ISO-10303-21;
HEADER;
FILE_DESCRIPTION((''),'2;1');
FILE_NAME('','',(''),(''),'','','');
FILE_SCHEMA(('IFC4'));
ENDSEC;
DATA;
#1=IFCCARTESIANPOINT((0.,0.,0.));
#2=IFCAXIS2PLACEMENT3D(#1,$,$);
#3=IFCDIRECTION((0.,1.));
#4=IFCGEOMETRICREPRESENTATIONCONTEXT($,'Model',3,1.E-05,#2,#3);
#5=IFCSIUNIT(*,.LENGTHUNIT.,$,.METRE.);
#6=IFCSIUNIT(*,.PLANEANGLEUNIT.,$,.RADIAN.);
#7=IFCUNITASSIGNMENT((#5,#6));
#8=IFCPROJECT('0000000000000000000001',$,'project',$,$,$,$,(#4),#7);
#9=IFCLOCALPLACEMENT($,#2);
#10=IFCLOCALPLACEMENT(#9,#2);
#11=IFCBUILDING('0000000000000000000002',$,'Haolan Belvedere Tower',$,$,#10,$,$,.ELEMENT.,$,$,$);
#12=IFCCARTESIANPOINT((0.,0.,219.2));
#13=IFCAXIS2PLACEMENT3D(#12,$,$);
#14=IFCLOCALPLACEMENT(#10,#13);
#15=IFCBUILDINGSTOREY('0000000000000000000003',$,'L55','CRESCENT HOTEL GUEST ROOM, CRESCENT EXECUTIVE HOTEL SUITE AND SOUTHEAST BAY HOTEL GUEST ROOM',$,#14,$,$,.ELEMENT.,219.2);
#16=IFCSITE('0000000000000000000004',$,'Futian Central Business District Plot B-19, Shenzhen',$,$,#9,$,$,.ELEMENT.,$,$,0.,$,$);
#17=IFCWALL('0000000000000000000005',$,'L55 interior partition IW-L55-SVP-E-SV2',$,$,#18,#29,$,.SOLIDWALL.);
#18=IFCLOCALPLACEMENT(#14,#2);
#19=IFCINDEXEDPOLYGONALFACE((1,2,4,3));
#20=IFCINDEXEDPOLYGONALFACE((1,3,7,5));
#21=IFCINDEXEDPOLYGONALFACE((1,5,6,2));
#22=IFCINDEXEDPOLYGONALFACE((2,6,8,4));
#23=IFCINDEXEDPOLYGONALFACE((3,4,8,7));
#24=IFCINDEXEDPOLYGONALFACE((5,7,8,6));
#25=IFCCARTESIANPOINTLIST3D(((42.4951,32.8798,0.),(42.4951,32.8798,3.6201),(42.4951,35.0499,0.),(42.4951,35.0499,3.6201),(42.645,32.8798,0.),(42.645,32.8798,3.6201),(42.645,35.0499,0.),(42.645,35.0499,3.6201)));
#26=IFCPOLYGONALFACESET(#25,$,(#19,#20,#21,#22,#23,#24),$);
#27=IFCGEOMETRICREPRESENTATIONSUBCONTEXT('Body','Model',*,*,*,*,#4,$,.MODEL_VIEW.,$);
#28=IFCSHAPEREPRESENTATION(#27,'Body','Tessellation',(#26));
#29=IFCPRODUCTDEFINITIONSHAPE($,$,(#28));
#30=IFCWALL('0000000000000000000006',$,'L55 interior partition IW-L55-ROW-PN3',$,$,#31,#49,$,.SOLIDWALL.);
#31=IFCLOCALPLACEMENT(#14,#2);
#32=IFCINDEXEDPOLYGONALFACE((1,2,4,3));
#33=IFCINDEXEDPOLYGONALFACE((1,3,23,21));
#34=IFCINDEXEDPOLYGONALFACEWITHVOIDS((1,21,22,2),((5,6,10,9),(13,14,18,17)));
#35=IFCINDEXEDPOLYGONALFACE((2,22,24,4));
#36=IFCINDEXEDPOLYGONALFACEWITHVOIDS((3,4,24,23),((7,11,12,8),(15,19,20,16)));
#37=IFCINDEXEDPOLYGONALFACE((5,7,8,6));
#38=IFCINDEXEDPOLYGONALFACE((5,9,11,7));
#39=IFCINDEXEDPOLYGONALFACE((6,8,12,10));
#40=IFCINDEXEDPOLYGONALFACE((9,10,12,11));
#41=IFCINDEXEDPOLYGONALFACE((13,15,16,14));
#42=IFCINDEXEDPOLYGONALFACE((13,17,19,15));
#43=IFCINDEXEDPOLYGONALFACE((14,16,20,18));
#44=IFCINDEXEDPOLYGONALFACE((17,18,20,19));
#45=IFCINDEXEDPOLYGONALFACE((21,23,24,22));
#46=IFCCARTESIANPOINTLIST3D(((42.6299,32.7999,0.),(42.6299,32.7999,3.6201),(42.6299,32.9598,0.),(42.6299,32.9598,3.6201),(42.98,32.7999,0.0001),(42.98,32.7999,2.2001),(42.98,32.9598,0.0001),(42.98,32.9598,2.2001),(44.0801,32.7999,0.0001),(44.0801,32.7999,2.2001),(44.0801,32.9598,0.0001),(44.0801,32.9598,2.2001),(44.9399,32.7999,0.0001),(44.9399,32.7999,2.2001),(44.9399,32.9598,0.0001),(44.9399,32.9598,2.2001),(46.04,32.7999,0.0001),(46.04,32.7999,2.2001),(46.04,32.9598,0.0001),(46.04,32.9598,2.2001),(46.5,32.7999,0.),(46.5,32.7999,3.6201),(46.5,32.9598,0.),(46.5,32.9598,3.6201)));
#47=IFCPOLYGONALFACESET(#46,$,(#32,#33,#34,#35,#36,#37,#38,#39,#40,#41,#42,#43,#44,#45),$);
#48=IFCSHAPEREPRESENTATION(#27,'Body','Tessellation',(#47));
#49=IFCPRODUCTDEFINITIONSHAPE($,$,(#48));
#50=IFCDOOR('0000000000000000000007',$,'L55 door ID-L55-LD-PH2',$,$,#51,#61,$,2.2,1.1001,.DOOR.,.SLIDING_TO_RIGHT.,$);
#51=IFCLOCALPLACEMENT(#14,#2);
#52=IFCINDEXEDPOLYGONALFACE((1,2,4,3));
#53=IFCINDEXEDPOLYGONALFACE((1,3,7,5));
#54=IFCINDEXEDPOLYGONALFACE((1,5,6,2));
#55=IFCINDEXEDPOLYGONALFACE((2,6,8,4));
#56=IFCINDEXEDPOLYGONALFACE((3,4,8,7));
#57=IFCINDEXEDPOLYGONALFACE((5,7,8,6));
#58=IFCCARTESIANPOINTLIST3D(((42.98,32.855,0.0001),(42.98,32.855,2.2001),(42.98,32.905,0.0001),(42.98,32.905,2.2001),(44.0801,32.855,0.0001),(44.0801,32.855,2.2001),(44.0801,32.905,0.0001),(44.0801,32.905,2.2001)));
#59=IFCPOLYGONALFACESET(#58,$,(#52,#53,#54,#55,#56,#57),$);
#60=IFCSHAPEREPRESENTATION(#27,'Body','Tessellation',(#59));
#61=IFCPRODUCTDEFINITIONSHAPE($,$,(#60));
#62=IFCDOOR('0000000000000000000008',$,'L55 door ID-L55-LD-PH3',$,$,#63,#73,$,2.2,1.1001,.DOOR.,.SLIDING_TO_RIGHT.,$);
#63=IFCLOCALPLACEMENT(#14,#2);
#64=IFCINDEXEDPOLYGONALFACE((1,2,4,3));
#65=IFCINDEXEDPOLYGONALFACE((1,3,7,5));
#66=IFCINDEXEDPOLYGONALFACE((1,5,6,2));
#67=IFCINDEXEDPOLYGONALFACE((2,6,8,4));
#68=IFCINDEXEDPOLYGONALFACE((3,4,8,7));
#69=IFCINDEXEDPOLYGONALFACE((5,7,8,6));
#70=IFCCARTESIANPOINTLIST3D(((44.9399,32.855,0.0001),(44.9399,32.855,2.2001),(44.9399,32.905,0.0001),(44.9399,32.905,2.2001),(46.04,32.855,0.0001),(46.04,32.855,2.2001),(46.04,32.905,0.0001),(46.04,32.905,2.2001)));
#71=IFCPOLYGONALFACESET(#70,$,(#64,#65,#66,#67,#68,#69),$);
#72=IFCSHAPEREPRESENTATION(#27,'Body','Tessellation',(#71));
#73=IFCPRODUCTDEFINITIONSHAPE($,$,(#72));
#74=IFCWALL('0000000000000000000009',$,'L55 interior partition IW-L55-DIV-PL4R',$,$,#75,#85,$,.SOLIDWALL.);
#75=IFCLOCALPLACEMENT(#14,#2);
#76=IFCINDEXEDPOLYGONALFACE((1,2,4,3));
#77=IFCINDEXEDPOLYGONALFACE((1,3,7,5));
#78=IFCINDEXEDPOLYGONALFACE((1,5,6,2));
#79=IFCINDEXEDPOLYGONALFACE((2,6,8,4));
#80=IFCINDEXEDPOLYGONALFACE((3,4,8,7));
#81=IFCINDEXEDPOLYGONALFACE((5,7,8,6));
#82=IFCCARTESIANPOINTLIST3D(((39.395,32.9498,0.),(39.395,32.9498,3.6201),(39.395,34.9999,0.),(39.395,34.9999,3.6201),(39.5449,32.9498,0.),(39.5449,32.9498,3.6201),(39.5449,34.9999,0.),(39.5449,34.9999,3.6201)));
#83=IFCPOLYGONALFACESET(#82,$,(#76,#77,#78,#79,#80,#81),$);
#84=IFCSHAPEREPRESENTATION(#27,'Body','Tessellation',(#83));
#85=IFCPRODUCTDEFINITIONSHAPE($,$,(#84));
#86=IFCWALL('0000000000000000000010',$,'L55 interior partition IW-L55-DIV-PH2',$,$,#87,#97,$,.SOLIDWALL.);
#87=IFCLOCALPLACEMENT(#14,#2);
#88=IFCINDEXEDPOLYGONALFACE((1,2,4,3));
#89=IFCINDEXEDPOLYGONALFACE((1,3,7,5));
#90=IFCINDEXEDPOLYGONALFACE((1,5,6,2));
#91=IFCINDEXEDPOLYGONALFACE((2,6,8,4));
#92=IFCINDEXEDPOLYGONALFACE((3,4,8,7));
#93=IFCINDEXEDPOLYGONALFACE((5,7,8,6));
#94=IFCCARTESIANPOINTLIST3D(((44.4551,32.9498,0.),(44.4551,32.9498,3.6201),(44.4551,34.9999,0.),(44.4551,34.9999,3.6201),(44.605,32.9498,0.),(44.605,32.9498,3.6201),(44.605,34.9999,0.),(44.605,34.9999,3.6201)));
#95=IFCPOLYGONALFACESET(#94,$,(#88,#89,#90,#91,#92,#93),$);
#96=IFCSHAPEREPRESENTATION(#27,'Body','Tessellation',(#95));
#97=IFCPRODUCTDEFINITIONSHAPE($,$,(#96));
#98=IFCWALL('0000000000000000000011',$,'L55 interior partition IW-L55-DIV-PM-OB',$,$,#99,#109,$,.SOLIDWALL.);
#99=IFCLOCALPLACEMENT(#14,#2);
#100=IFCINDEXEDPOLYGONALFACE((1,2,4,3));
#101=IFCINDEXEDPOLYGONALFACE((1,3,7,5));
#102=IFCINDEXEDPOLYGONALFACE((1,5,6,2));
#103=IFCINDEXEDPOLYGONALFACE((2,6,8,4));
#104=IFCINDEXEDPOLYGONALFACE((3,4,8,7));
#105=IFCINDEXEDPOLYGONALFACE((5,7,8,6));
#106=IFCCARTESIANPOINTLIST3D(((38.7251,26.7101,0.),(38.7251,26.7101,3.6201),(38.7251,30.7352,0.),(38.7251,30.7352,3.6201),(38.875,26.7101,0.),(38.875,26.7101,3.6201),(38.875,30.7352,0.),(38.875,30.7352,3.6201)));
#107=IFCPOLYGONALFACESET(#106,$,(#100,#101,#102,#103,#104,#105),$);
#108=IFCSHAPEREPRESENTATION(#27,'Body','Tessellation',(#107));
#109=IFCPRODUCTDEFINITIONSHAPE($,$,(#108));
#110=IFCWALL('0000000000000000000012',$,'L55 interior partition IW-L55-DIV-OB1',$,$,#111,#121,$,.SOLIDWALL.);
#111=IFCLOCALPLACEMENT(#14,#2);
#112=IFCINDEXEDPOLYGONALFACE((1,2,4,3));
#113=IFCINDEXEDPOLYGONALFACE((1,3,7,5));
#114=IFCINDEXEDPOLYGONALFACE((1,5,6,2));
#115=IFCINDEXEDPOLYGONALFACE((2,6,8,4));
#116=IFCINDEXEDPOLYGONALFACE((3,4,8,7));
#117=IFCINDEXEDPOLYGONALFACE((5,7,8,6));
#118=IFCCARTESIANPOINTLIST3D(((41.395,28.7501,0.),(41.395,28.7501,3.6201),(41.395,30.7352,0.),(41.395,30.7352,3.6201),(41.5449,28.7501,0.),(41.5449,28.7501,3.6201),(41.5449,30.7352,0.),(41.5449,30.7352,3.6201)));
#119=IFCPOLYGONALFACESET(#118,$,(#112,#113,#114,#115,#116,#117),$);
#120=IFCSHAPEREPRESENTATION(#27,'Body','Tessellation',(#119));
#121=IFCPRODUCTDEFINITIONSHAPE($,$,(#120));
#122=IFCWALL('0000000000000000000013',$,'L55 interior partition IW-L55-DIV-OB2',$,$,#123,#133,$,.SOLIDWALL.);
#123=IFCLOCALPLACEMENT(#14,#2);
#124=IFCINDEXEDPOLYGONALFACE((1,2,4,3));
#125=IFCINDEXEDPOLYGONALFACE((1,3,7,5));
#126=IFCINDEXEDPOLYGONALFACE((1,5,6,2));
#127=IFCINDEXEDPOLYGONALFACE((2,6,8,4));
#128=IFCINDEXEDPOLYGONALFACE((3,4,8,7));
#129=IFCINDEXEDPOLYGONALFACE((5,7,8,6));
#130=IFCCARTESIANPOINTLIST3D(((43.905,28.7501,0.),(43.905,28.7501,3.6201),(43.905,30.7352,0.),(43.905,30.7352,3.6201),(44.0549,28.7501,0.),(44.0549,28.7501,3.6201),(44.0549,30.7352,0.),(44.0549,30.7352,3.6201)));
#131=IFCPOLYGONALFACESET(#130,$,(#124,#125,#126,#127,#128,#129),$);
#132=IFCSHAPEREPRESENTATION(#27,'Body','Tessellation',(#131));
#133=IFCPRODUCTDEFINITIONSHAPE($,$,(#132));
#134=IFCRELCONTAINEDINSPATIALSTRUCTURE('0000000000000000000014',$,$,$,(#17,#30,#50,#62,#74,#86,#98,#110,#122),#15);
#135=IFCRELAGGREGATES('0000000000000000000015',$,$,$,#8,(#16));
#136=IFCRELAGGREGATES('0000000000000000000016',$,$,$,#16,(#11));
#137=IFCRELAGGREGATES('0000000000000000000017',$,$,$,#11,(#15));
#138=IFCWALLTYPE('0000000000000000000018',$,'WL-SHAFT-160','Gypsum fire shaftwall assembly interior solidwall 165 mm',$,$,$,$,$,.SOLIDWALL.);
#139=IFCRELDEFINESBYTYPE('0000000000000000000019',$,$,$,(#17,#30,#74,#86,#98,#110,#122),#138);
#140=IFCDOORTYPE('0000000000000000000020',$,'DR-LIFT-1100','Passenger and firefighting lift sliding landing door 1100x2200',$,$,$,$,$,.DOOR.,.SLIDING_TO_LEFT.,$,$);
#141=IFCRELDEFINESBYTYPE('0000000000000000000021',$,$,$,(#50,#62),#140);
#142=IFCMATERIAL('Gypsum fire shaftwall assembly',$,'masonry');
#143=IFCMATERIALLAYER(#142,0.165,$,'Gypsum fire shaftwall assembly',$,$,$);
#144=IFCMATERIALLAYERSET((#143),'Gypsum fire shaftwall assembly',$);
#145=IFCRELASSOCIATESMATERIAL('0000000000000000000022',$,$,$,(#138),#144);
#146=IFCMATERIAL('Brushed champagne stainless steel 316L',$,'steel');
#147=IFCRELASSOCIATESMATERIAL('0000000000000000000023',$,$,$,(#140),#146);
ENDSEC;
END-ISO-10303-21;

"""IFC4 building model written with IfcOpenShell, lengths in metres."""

from ifc_helpers import new_model, si_unit, direction, frame, frame_2d, origin, place, context, subcontext, project, spatial, rectangle, extrude, material, layer, layer_set, type_object, element, fill, save


model = new_model("IFC4")

# Units and contexts
model_context = context("Model", 3, precision=1e-05, world=origin(), true_north=direction((0.0, 1.0)))
body_context = subcontext(model_context, "Body", "Model", "MODEL_VIEW")
ifc_project = project(units=[si_unit("LENGTHUNIT", "METRE"), si_unit("PLANEANGLEUNIT", "RADIAN")], contexts=[model_context])

# Site, building, storey
site_placement = place(None, origin())
site = spatial("IfcSite", under=ifc_project, at=site_placement, Name="Futian Central Business District Plot B-19, Shenzhen", CompositionType="ELEMENT", RefElevation=0.0)
building_placement = place(site_placement, origin())
building = spatial("IfcBuilding", under=site, at=building_placement, Name="Haolan Belvedere Tower", CompositionType="ELEMENT")
storey_placement = place(building_placement, frame((0.0, 0.0, 219.2)))
storey = spatial("IfcBuildingStorey", under=building, at=storey_placement, Name="L55", Description="CRESCENT HOTEL GUEST ROOM, CRESCENT EXECUTIVE HOTEL SUITE AND SOUTHEAST BAY HOTEL GUEST ROOM", CompositionType="ELEMENT", Elevation=219.2)

# Wall
ifc_material_1 = material(Name="Gypsum fire shaftwall assembly", Category="masonry")
ifc_layer_1 = layer(ifc_material_1, 0.165, Name="Gypsum fire shaftwall assembly")
ifc_layer_set_1 = layer_set([ifc_layer_1], Name="Gypsum fire shaftwall assembly")
wall_type_1 = type_object("IfcWallType", Name="WL-SHAFT-160", Description="Gypsum fire shaftwall assembly interior solidwall 165 mm", PredefinedType="SOLIDWALL", material=ifc_layer_set_1)
for number, where, z_axis, x_axis, name in (
    (1, (42.5701, 32.8799, 0.0), (0.0, 0.0, 1.0), (0.0, 1.0, 0.0), "L55 interior partition IW-L55-SVP-E-SV2"),
):
    element("IfcWall", number, at=place(storey_placement, frame(where, z_axis=z_axis, x_axis=x_axis)), inside=storey, type_object=wall_type_1, Name=name, PredefinedType="SOLIDWALL", context=body_context, shape_type="SweptSolid", body=[
        extrude(rectangle(XDim=2.1702, YDim=0.1499, at=frame_2d((1.085, 0.0))), origin(), (0.0, 0.0, 1.0), 3.6201),
    ])

# Wall, openings, doors
wall_1_placement = place(storey_placement, frame((42.6299, 32.8799, 0.0), z_axis=(0.0, 0.0, 1.0), x_axis=(1.0, 0.0, 0.0)))
wall_1 = element("IfcWall", 2, at=wall_1_placement, inside=storey, type_object=wall_type_1, Name="L55 interior partition IW-L55-ROW-PN3", PredefinedType="SOLIDWALL", context=body_context, shape_type="SweptSolid", body=[
    extrude(rectangle(XDim=3.8701, YDim=0.1599, at=frame_2d((1.9351, 0.0))), origin(), (0.0, 0.0, 1.0), 3.6201),
])
opening_1_placement = place(wall_1_placement, frame((1.4502, 0.0, 0.0), z_axis=(0.0, 0.0, 1.0), x_axis=(-1.0, 0.0, 0.0)))
opening_1 = element("IfcOpeningElement", 3, at=opening_1_placement, cuts=wall_1, PredefinedType="OPENING", context=body_context, shape_type="SweptSolid", body=[
    extrude(rectangle(XDim=1.1001, YDim=2.2, at=frame_2d((0.55, 1.1001))), frame((0.0, 0.0898, 0.0), z_axis=(0.0, -1.0, 0.0), x_axis=(1.0, 0.0, 0.0)), (0.0, 0.0, 1.0), 0.1799),
])
opening_2_placement = place(wall_1_placement, frame((3.4102, 0.0, 0.0), z_axis=(0.0, 0.0, 1.0), x_axis=(-1.0, 0.0, 0.0)))
opening_2 = element("IfcOpeningElement", 4, at=opening_2_placement, cuts=wall_1, PredefinedType="OPENING", context=body_context, shape_type="SweptSolid", body=[
    extrude(rectangle(XDim=1.1001, YDim=2.2, at=frame_2d((0.55, 1.1001))), frame((0.0, 0.0898, 0.0), z_axis=(0.0, -1.0, 0.0), x_axis=(1.0, 0.0, 0.0)), (0.0, 0.0, 1.0), 0.1799),
])
ifc_material_2 = material(Name="Brushed champagne stainless steel 316L", Category="steel")
door_type_1 = type_object("IfcDoorType", Name="DR-LIFT-1100", Description="Passenger and firefighting lift sliding landing door 1100x2200", OperationType="SLIDING_TO_LEFT", PredefinedType="DOOR", material=ifc_material_2)
door_1_placement = place(opening_1_placement, origin())
door_1 = element("IfcDoor", 5, at=door_1_placement, inside=storey, type_object=door_type_1, Name="L55 door ID-L55-LD-PH2", OperationType="SLIDING_TO_RIGHT", OverallHeight=2.2, OverallWidth=1.1001, PredefinedType="DOOR", context=body_context, shape_type="SweptSolid", body=[
    extrude(rectangle(XDim=1.1001, YDim=2.2, at=frame_2d((0.55, 1.1001))), frame((0.0, 0.0249, 0.0), z_axis=(0.0, -1.0, 0.0), x_axis=(1.0, 0.0, 0.0)), (0.0, 0.0, 1.0), 0.05),
])
fill(opening_1, door_1)
door_2_placement = place(opening_2_placement, origin())
door_2 = element("IfcDoor", 6, at=door_2_placement, inside=storey, type_object=door_type_1, Name="L55 door ID-L55-LD-PH3", OperationType="SLIDING_TO_RIGHT", OverallHeight=2.2, OverallWidth=1.1001, PredefinedType="DOOR", context=body_context, shape_type="SweptSolid", body=[
    extrude(rectangle(XDim=1.1001, YDim=2.2, at=frame_2d((0.55, 1.1001))), frame((0.0, 0.0249, 0.0), z_axis=(0.0, -1.0, 0.0), x_axis=(1.0, 0.0, 0.0)), (0.0, 0.0, 1.0), 0.05),
])
fill(opening_2, door_2)

# Walls
for number, where, z_axis, x_axis, name in (
    (7, (39.47, 32.95, 0.0), (0.0, 0.0, 1.0), (0.0, 1.0, 0.0), "L55 interior partition IW-L55-DIV-PL4R"),
    (8, (44.53, 32.95, 0.0), (0.0, 0.0, 1.0), (0.0, 1.0, 0.0), "L55 interior partition IW-L55-DIV-PH2"),
):
    element("IfcWall", number, at=place(storey_placement, frame(where, z_axis=z_axis, x_axis=x_axis)), inside=storey, type_object=wall_type_1, Name=name, PredefinedType="SOLIDWALL", context=body_context, shape_type="SweptSolid", body=[
        extrude(rectangle(XDim=2.05, YDim=0.1499, at=frame_2d((1.0249, 0.0))), origin(), (0.0, 0.0, 1.0), 3.6201),
    ])
wall_2_placement = place(storey_placement, frame((38.8, 26.71, 0.0), z_axis=(0.0, 0.0, 1.0), x_axis=(0.0, 1.0, 0.0)))
element("IfcWall", 9, at=wall_2_placement, inside=storey, type_object=wall_type_1, Name="L55 interior partition IW-L55-DIV-PM-OB", PredefinedType="SOLIDWALL", context=body_context, shape_type="SweptSolid", body=[
    extrude(rectangle(XDim=4.0251, YDim=0.1499, at=frame_2d((2.0127, 0.0))), origin(), (0.0, 0.0, 1.0), 3.6201),
])
for number, where, z_axis, x_axis, name in (
    (10, (41.47, 28.75, 0.0), (0.0, 0.0, 1.0), (0.0, 1.0, 0.0), "L55 interior partition IW-L55-DIV-OB1"),
    (11, (43.98, 28.75, 0.0), (0.0, 0.0, 1.0), (0.0, 1.0, 0.0), "L55 interior partition IW-L55-DIV-OB2"),
):
    element("IfcWall", number, at=place(storey_placement, frame(where, z_axis=z_axis, x_axis=x_axis)), inside=storey, type_object=wall_type_1, Name=name, PredefinedType="SOLIDWALL", context=body_context, shape_type="SweptSolid", body=[
        extrude(rectangle(XDim=1.9851, YDim=0.1499, at=frame_2d((0.9927, 0.0))), origin(), (0.0, 0.0, 1.0), 3.6201),
    ])

save(model, "model.ifc")
